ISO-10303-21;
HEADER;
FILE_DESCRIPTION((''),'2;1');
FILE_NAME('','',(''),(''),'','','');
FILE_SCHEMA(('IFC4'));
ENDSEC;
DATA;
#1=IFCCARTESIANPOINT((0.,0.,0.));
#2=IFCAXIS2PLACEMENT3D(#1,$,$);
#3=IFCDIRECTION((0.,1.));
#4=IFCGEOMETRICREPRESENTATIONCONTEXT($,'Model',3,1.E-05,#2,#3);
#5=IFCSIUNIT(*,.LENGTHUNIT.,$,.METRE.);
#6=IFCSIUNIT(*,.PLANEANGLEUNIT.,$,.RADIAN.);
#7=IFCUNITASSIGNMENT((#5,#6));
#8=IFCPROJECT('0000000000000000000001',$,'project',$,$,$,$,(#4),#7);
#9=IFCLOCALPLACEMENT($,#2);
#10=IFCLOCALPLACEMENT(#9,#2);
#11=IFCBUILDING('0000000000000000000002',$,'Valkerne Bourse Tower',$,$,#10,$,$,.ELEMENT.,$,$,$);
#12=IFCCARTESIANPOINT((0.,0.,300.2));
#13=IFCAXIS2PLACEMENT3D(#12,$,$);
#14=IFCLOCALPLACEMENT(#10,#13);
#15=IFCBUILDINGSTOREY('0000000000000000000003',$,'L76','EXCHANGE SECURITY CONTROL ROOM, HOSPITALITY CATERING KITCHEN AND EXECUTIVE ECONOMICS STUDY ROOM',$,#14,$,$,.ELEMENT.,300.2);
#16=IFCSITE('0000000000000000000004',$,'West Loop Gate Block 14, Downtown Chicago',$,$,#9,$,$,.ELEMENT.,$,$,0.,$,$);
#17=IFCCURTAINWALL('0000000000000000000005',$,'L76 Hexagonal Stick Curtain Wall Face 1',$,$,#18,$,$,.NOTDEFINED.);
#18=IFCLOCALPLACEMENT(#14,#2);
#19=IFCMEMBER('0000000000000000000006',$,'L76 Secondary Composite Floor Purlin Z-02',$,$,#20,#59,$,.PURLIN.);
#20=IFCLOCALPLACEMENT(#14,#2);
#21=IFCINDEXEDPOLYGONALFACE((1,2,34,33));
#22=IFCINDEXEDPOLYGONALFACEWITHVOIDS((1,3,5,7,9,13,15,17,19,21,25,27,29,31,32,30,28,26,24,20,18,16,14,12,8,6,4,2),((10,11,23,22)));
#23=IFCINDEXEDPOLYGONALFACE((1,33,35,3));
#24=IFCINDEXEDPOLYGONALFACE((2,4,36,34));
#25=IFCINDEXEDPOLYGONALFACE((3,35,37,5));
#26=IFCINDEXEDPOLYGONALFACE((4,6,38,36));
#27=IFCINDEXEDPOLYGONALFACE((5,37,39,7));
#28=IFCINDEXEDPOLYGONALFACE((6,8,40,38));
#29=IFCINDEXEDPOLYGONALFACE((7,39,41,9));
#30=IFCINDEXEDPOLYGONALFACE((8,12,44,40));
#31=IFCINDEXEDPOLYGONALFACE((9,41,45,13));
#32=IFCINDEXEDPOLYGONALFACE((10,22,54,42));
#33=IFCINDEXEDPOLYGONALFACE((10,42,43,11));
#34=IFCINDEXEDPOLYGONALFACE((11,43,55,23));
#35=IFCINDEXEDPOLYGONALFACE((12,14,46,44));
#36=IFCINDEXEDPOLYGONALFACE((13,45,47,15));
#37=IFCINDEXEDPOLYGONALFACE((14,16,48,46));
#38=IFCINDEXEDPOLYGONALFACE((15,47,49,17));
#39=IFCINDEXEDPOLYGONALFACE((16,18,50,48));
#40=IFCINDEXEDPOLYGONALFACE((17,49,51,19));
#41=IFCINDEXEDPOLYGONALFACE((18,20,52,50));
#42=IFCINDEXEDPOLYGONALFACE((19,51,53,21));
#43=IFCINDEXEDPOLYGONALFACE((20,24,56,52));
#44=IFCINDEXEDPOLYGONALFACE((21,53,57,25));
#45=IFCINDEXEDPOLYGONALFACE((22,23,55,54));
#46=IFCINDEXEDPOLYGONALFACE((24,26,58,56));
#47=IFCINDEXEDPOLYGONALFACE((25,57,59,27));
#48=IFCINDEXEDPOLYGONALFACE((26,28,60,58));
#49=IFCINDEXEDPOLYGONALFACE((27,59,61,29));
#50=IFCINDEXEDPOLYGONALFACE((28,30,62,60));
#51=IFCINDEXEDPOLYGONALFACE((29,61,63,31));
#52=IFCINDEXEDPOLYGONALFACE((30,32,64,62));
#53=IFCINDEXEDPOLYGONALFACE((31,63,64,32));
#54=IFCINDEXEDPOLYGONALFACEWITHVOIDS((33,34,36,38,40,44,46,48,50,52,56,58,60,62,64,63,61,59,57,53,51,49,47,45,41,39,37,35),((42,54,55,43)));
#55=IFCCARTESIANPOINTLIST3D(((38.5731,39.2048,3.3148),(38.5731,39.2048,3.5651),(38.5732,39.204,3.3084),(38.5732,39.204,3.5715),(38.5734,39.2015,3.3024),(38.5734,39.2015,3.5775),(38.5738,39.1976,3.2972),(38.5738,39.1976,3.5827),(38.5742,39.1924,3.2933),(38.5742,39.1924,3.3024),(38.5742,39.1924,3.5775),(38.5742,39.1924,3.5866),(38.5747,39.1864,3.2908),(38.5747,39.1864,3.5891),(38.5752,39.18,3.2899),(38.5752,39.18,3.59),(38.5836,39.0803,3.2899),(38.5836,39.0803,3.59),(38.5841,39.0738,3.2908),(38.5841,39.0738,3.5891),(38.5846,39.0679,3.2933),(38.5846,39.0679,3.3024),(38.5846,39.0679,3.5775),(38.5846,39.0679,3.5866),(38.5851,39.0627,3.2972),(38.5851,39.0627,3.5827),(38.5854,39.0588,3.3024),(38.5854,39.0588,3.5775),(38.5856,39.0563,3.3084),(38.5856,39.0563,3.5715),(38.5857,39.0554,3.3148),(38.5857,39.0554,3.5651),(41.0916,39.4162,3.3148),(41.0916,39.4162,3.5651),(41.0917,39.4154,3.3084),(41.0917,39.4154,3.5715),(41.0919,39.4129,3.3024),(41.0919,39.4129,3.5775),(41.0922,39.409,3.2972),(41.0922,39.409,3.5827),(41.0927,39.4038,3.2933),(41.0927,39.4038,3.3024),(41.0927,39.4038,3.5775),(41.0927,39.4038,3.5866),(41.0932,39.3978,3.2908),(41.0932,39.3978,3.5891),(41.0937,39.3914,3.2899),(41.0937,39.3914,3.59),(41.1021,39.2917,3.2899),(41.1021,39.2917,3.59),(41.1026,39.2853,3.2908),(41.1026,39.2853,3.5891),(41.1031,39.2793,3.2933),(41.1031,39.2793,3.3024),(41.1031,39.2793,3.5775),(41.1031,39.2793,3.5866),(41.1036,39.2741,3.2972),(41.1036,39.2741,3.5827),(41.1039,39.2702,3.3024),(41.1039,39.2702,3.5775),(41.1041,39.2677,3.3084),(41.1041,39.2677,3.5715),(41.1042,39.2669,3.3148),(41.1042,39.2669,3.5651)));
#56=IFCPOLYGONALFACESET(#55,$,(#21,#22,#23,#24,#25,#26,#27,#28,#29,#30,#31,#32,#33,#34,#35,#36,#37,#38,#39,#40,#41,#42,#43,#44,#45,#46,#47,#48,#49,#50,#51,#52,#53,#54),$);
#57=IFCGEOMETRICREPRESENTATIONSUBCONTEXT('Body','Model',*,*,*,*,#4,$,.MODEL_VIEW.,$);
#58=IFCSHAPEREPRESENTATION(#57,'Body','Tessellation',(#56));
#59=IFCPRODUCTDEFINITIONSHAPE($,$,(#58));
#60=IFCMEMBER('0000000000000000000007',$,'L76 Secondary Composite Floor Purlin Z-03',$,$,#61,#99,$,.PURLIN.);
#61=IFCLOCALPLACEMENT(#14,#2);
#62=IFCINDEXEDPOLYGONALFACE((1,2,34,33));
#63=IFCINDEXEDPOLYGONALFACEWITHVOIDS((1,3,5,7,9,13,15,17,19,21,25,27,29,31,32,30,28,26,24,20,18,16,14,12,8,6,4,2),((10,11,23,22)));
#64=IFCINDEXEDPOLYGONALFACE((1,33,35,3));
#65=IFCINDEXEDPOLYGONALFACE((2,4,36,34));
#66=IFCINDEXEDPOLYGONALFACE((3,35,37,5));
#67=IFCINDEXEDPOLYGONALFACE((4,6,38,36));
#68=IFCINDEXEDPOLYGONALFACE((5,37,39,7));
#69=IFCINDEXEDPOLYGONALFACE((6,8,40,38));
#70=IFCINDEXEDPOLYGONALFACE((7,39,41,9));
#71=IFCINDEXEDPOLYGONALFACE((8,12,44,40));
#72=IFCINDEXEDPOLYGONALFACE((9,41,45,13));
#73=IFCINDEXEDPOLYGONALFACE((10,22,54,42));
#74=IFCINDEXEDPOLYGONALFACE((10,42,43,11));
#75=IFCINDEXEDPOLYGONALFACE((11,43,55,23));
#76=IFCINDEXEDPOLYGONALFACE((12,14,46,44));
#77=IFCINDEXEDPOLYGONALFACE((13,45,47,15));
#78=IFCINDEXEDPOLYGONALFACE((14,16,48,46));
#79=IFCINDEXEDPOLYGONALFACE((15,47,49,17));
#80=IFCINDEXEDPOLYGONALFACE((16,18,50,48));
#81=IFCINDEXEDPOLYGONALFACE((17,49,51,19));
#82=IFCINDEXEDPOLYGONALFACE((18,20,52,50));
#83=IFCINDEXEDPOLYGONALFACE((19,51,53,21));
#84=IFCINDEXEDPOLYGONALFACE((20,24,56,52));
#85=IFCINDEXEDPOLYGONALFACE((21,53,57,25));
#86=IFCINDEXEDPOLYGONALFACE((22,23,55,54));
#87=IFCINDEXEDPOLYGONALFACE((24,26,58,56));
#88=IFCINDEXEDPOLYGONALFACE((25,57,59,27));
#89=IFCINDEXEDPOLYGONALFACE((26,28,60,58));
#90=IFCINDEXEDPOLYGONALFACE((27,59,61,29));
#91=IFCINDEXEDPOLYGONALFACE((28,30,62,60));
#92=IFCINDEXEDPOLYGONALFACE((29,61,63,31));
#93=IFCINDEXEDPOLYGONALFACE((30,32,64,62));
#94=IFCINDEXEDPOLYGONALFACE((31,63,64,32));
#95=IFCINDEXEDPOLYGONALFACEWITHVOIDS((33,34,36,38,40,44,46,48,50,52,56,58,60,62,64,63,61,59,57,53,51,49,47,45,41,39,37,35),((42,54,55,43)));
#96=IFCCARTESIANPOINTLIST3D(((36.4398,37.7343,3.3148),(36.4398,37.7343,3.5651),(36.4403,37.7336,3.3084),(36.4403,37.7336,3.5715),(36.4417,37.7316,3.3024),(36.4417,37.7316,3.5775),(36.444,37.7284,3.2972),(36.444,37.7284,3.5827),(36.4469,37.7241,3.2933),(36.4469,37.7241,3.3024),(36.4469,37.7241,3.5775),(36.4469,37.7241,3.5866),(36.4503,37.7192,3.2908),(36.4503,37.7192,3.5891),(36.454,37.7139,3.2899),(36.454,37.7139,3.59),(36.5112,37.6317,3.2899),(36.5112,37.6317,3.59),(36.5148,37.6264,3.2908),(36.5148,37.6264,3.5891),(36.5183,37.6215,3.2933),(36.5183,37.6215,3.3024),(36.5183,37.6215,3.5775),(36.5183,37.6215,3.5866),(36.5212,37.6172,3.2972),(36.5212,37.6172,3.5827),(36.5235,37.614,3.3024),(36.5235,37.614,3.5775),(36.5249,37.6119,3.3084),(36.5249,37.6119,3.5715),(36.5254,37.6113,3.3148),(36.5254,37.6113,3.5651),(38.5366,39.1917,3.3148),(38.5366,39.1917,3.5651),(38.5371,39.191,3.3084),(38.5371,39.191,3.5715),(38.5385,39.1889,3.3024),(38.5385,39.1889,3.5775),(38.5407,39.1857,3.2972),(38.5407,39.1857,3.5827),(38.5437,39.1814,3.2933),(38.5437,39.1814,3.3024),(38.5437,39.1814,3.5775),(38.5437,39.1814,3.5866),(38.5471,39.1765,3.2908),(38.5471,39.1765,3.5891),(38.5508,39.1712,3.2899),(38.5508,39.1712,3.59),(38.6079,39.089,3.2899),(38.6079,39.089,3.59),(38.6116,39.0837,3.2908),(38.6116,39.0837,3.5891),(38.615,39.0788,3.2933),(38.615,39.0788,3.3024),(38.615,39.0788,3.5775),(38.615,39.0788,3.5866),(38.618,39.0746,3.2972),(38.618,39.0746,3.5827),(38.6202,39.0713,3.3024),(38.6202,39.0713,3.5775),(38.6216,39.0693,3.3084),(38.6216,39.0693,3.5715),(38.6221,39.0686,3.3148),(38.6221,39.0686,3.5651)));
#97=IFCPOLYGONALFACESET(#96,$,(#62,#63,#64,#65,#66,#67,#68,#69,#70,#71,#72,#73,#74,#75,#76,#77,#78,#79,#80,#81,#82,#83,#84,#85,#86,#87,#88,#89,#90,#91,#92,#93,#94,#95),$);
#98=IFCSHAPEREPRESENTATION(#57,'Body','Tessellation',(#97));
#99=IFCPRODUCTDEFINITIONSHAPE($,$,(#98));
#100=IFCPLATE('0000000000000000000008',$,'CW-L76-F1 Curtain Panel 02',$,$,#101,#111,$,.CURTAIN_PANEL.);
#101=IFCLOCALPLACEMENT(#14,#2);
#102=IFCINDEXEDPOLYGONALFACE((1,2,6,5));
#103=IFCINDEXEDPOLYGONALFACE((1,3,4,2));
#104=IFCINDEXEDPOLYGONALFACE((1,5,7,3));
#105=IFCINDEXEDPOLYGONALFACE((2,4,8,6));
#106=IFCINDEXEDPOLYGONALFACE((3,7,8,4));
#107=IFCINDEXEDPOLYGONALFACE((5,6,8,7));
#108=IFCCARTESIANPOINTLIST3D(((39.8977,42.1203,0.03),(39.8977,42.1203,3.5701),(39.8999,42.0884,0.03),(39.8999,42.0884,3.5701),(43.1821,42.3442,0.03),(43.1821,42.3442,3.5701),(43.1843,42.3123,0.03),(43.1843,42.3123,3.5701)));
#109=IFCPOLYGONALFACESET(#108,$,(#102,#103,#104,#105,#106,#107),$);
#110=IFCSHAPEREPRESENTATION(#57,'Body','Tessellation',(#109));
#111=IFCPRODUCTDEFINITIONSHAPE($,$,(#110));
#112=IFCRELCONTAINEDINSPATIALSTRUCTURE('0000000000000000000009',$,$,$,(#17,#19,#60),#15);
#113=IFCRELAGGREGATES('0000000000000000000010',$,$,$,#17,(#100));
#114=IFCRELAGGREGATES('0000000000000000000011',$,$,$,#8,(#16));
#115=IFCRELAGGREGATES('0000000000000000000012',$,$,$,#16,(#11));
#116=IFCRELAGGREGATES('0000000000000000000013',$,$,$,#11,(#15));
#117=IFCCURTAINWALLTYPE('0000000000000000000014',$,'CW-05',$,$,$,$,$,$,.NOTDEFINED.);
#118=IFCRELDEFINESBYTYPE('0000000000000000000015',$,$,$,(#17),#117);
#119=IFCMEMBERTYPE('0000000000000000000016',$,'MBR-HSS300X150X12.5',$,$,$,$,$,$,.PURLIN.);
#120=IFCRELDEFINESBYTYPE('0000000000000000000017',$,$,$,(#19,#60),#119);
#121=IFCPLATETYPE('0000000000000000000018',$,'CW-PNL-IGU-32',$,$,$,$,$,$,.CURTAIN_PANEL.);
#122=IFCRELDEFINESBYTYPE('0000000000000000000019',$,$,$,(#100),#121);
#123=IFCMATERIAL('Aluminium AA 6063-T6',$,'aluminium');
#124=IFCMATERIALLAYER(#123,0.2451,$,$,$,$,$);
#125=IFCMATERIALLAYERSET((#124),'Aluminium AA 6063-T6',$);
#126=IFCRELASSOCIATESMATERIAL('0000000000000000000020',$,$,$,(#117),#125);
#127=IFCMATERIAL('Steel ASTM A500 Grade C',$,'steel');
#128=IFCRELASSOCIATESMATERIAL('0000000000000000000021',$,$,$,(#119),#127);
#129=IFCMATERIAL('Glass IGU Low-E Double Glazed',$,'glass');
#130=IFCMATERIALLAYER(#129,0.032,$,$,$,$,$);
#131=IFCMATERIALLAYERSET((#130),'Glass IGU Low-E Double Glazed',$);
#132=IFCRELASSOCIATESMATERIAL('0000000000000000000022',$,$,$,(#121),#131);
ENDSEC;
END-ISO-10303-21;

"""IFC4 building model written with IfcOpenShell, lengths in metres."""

from ifc_helpers import new_model, si_unit, direction, frame, origin, origin_2d, place, context, subcontext, project, spatial, rectangle, hollow_rectangle, extrude, material, layer, layer_set, material_profile, profile_set, type_object, element, aggregate, save


model = new_model("IFC4")

# Units and contexts
model_context = context("Model", 3, precision=1e-05, world=origin(), true_north=direction((0.0, 1.0)))
body_context = subcontext(model_context, "Body", "Model", "MODEL_VIEW")
ifc_project = project(units=[si_unit("LENGTHUNIT", "METRE"), si_unit("PLANEANGLEUNIT", "RADIAN")], contexts=[model_context])

# Site, building, storey
site_placement = place(None, origin())
site = spatial("IfcSite", under=ifc_project, at=site_placement, Name="West Loop Gate Block 14, Downtown Chicago", CompositionType="ELEMENT", RefElevation=0.0)
building_placement = place(site_placement, origin())
building = spatial("IfcBuilding", under=site, at=building_placement, Name="Valkerne Bourse Tower", CompositionType="ELEMENT")
storey_placement = place(building_placement, frame((0.0, 0.0, 300.2)))
storey = spatial("IfcBuildingStorey", under=building, at=storey_placement, Name="L76", Description="EXCHANGE SECURITY CONTROL ROOM, HOSPITALITY CATERING KITCHEN AND EXECUTIVE ECONOMICS STUDY ROOM", CompositionType="ELEMENT", Elevation=300.2)

# Curtain wall
ifc_material_1 = material(Name="Aluminium AA 6063-T6", Category="aluminium")
ifc_layer_1 = layer(ifc_material_1, 0.2451)
ifc_layer_set_1 = layer_set([ifc_layer_1], Name="Aluminium AA 6063-T6")
curtain_wall_type = type_object("IfcCurtainWallType", Name="CW-05", PredefinedType="NOTDEFINED", material=ifc_layer_set_1)
curtain_wall_1_placement = place(storey_placement, origin())
curtain_wall_1 = element("IfcCurtainWall", 1, at=curtain_wall_1_placement, inside=storey, type_object=curtain_wall_type, Name="L76 Hexagonal Stick Curtain Wall Face 1", PredefinedType="NOTDEFINED")

# Members
ifc_material_2 = material(Name="Steel ASTM A500 Grade C", Category="steel")
ifc_material_profile_1 = material_profile(ifc_material_2, hollow_rectangle(XDim=0.1499, YDim=0.3, WallThickness=0.0125, OuterFilletRadius=0.0249, at=origin_2d()), Name="HSS300X150X12.5")
ifc_profile_set_1 = profile_set([ifc_material_profile_1], Name="Steel ASTM A500 Grade C")
member_type_1 = type_object("IfcMemberType", Name="MBR-HSS300X150X12.5", PredefinedType="PURLIN", material=ifc_profile_set_1)
member_1_placement = place(storey_placement, frame((41.0979, 39.3416, 3.4399), z_axis=(-0.996495, -0.083653, 0.0), x_axis=(0.083653, -0.996495, 0.0)))
element("IfcMember", 2, at=member_1_placement, inside=storey, type_object=member_type_1, Name="L76 Secondary Composite Floor Purlin Z-02", PredefinedType="PURLIN", context=body_context, shape_type="SweptSolid", body=[
    extrude(hollow_rectangle(XDim=0.1499, YDim=0.3, WallThickness=0.0125, OuterFilletRadius=0.0249, at=origin_2d()), origin(), (0.0, 0.0, 1.0), 2.5273),
])
member_2_placement = place(storey_placement, frame((38.5793, 39.1301, 3.4399), z_axis=(-0.821141, -0.570725, 0.0), x_axis=(0.570725, -0.821141, 0.0)))
element("IfcMember", 3, at=member_2_placement, inside=storey, type_object=member_type_1, Name="L76 Secondary Composite Floor Purlin Z-03", PredefinedType="PURLIN", context=body_context, shape_type="SweptSolid", body=[
    extrude(hollow_rectangle(XDim=0.1499, YDim=0.3, WallThickness=0.0125, OuterFilletRadius=0.0249, at=origin_2d()), origin(), (0.0, 0.0, 1.0), 2.5535),
])

# Plate
ifc_material_3 = material(Name="Glass IGU Low-E Double Glazed", Category="glass")
ifc_layer_2 = layer(ifc_material_3, 0.032)
ifc_layer_set_2 = layer_set([ifc_layer_2], Name="Glass IGU Low-E Double Glazed")
plate_type = type_object("IfcPlateType", Name="CW-PNL-IGU-32", PredefinedType="CURTAIN_PANEL", material=ifc_layer_set_2)
plate_placement = place(storey_placement, frame((41.541, 42.2163, 0.03), z_axis=(0.0, 0.0, 1.0), x_axis=(-0.997684, -0.068021, 0.0)))
plate = element("IfcPlate", 4, at=plate_placement, type_object=plate_type, Name="CW-L76-F1 Curtain Panel 02", PredefinedType="CURTAIN_PANEL", context=body_context, shape_type="SweptSolid", body=[
    extrude(rectangle(XDim=3.292, YDim=0.032, at=origin_2d()), origin(), (0.0, 0.0, 1.0), 3.54),
])
aggregate(curtain_wall_1, [plate])

save(model, "model.ifc")
